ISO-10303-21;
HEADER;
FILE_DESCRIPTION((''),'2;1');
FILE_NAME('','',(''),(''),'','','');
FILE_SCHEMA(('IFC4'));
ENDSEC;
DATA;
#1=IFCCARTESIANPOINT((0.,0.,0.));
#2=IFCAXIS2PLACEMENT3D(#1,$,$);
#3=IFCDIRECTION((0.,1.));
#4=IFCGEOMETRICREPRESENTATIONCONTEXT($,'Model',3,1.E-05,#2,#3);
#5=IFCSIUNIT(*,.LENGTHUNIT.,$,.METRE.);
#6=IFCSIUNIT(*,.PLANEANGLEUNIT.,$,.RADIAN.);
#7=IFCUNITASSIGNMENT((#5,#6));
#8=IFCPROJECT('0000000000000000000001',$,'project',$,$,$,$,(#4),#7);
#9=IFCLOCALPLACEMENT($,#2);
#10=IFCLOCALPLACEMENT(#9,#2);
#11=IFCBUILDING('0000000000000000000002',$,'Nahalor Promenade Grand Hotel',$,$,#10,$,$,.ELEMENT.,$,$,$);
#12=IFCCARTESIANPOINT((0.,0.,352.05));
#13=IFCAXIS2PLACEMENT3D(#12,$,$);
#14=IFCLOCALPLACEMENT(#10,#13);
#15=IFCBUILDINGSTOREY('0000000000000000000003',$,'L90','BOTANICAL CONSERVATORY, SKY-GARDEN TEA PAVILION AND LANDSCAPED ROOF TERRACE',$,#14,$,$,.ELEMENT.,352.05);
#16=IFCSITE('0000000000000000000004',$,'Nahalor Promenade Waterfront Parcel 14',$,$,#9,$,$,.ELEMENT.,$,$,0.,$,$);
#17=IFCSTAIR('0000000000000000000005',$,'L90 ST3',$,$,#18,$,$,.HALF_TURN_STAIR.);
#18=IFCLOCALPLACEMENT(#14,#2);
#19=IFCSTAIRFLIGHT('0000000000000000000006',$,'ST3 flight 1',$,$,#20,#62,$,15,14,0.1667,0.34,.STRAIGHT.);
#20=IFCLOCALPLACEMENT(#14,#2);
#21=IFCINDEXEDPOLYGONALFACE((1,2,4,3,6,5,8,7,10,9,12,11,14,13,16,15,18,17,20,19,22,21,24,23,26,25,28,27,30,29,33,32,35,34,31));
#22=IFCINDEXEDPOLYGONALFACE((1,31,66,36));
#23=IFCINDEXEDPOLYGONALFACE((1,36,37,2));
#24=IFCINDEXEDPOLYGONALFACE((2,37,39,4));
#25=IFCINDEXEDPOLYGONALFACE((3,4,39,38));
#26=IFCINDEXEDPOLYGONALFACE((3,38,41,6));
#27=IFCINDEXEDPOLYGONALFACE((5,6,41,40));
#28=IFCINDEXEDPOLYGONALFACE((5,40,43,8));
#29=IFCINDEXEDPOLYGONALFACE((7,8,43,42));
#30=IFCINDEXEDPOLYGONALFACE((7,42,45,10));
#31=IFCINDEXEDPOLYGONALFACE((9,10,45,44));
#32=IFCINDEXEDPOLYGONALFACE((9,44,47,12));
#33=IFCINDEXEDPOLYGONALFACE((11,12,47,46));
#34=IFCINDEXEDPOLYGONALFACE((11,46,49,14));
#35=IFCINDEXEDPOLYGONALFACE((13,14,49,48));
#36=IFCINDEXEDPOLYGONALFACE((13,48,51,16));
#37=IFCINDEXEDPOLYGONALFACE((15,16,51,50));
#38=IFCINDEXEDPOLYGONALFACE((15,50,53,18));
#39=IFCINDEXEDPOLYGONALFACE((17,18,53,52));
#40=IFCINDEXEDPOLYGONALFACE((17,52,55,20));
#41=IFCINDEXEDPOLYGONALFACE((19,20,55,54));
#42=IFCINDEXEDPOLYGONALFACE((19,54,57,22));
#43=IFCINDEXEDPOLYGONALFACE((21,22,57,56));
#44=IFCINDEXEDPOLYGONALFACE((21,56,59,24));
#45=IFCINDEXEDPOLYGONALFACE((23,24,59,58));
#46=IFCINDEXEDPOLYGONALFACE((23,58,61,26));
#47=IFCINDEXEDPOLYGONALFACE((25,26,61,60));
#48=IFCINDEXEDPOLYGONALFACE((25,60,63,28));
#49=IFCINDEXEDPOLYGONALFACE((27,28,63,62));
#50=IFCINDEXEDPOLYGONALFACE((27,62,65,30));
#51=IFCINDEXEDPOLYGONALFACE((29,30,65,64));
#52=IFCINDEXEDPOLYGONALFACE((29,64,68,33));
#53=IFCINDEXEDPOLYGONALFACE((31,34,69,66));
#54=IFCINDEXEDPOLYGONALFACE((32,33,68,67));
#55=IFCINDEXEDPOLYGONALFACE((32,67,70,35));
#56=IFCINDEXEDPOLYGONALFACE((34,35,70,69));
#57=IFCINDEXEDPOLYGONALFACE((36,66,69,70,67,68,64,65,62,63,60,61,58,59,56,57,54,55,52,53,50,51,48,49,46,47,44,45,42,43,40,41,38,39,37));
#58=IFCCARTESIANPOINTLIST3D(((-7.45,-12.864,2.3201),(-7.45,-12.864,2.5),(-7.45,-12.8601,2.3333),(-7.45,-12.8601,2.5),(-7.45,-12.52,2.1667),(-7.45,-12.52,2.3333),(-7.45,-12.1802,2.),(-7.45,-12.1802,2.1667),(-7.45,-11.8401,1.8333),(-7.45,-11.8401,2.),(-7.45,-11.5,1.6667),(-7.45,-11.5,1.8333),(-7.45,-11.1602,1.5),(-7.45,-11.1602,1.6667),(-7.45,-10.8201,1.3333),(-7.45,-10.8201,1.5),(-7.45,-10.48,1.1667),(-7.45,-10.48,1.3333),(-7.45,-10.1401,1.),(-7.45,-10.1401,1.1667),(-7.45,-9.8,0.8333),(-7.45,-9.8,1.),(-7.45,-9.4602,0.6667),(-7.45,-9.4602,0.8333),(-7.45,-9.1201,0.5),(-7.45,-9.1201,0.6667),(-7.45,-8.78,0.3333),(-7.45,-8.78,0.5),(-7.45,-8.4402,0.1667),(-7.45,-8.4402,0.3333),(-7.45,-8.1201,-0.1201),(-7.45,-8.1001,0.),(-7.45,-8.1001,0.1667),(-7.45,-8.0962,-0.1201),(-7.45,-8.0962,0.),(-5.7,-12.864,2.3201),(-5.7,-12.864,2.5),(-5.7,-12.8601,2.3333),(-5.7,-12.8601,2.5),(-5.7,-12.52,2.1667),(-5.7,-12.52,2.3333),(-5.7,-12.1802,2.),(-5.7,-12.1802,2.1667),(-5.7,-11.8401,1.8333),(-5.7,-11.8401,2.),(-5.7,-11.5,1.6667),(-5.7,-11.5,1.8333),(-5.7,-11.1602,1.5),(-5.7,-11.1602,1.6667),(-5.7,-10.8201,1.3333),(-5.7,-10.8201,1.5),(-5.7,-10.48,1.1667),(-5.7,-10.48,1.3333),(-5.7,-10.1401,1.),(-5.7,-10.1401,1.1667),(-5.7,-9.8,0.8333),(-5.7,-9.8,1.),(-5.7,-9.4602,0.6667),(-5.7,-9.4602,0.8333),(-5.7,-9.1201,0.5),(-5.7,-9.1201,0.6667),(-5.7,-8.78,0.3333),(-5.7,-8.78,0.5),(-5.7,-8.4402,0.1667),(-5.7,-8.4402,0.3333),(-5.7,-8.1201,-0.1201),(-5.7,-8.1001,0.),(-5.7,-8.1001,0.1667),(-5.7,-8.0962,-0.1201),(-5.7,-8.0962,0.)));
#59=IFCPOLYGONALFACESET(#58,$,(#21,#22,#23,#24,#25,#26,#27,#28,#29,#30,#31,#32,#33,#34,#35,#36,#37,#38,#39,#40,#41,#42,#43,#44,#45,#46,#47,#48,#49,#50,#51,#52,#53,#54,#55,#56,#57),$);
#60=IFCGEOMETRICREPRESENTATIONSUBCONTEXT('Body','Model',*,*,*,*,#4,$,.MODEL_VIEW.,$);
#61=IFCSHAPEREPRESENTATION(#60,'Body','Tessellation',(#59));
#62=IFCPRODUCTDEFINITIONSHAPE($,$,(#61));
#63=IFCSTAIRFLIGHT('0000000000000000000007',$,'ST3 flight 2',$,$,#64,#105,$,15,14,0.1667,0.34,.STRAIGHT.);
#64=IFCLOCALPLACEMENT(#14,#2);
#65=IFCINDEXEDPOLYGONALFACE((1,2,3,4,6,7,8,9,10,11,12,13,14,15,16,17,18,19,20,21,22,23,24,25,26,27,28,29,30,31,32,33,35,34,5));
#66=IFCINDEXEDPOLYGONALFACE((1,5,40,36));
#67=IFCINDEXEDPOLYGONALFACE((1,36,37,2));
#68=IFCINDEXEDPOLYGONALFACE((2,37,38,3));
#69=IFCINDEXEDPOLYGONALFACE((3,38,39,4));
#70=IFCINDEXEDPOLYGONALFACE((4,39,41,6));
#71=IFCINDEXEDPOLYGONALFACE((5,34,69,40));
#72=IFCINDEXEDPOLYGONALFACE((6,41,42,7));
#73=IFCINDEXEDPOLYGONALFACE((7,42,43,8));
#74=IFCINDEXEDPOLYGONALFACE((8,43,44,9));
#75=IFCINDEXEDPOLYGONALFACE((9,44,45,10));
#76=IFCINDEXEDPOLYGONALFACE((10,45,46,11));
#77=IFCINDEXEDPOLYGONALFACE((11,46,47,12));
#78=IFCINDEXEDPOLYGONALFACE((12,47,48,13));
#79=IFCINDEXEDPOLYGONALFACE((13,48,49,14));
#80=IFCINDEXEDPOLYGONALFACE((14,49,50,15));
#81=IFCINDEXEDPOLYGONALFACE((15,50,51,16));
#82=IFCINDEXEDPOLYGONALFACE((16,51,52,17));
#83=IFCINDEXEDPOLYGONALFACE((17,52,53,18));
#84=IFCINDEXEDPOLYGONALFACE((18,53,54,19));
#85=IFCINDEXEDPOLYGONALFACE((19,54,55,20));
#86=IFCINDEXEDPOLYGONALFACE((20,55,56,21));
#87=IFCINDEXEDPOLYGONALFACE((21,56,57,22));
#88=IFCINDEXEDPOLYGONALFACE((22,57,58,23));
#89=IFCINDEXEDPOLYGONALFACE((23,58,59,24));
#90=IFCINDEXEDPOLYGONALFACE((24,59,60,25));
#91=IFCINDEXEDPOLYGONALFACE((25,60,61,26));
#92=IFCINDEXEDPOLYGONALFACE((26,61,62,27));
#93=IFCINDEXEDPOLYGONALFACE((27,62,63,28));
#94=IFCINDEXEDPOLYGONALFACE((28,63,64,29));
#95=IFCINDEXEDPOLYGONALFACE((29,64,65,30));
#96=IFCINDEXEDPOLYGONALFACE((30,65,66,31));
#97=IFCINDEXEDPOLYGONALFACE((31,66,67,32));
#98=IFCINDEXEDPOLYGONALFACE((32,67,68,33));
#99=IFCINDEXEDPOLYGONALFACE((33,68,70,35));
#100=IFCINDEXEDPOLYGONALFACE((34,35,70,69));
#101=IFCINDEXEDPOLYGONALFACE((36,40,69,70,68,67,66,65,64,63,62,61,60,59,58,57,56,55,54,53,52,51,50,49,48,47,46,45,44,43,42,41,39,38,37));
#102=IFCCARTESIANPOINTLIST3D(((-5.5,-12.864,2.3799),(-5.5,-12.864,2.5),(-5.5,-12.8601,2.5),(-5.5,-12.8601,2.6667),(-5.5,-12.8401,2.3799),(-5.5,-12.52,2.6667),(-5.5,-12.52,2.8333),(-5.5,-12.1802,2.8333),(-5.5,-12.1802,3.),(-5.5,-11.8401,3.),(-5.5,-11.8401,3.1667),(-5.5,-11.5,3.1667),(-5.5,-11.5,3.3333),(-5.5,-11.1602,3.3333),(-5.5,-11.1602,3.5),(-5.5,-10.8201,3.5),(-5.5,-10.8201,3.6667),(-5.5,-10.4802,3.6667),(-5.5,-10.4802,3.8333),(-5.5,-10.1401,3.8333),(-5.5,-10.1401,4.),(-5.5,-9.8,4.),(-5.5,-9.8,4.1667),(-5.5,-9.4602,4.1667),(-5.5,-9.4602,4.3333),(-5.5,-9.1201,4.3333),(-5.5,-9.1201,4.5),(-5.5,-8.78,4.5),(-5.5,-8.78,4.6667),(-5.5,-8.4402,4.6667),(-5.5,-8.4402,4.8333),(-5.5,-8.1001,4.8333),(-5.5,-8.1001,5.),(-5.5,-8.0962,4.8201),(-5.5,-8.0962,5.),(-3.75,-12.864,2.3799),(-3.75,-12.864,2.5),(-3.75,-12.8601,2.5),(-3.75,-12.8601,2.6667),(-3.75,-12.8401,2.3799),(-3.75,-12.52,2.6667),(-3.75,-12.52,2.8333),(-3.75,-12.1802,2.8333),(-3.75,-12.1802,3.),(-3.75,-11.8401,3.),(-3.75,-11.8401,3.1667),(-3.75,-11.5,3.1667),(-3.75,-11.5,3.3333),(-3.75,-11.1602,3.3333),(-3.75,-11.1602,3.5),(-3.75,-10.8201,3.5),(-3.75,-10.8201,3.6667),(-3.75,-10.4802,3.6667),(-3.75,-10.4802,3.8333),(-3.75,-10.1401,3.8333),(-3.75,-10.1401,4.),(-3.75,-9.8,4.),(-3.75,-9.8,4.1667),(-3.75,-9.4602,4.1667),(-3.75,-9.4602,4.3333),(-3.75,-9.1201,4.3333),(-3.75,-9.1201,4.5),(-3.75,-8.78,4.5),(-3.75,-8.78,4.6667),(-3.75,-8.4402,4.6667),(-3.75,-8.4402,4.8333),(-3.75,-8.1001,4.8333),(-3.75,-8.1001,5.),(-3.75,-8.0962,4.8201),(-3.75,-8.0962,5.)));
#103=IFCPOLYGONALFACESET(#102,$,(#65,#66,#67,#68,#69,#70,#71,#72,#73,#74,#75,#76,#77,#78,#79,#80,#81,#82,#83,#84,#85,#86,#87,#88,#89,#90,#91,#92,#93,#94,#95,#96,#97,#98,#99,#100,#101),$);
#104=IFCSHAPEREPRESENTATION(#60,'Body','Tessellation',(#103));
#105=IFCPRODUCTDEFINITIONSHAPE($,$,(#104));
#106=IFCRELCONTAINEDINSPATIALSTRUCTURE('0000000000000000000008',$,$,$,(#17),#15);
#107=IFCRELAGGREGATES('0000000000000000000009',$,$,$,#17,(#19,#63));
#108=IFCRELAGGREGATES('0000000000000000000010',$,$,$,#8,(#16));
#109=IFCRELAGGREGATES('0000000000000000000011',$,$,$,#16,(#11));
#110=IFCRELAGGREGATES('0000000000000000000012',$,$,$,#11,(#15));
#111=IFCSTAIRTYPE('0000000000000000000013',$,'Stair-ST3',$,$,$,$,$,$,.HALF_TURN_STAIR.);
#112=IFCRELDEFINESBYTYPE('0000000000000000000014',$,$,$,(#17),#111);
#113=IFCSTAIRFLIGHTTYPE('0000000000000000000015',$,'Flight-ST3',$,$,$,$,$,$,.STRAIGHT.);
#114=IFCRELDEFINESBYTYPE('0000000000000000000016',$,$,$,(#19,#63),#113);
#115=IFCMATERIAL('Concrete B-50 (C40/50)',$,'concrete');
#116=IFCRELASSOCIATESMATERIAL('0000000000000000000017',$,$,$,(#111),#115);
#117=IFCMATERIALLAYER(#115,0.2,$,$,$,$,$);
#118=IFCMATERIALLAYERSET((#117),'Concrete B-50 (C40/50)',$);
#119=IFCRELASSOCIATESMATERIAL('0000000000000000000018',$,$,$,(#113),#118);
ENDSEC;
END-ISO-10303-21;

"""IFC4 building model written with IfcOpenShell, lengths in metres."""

from ifc_helpers import new_model, si_unit, direction, frame, origin, place, context, subcontext, project, spatial, polyline, outline, extrude, source, transform, mapped, material, layer, layer_set, type_object, element, aggregate, save


model = new_model("IFC4")

# Units and contexts
model_context = context("Model", 3, precision=1e-05, world=origin(), true_north=direction((0.0, 1.0)))
body_context = subcontext(model_context, "Body", "Model", "MODEL_VIEW")
ifc_project = project(units=[si_unit("LENGTHUNIT", "METRE"), si_unit("PLANEANGLEUNIT", "RADIAN")], contexts=[model_context])

# Site, building, storey
site_placement = place(None, origin())
site = spatial("IfcSite", under=ifc_project, at=site_placement, Name="Nahalor Promenade Waterfront Parcel 14", CompositionType="ELEMENT", RefElevation=0.0)
building_placement = place(site_placement, origin())
building = spatial("IfcBuilding", under=site, at=building_placement, Name="Nahalor Promenade Grand Hotel", CompositionType="ELEMENT")
storey_placement = place(building_placement, frame((0.0, 0.0, 352.05)))
storey = spatial("IfcBuildingStorey", under=building, at=storey_placement, Name="L90", Description="BOTANICAL CONSERVATORY, SKY-GARDEN TEA PAVILION AND LANDSCAPED ROOF TERRACE", CompositionType="ELEMENT", Elevation=352.05)

# Shared definitions
ifc_material_1 = material(Name="Concrete B-50 (C40/50)", Category="concrete")

# Stair, stair flights
stair_type = type_object("IfcStairType", Name="Stair-ST3", PredefinedType="HALF_TURN_STAIR", material=ifc_material_1)
stair_placement = place(storey_placement, origin())
stair = element("IfcStair", 1, at=stair_placement, inside=storey, type_object=stair_type, Name="L90 ST3", PredefinedType="HALF_TURN_STAIR")
ifc_layer_1 = layer(ifc_material_1, 0.2)
ifc_layer_set_1 = layer_set([ifc_layer_1], Name="Concrete B-50 (C40/50)")
stair_flight_type = type_object("IfcStairFlightType", Name="Flight-ST3", PredefinedType="STRAIGHT", material=ifc_layer_set_1)
shared_shape_1 = source(origin(), body_context, "Body", "SweptSolid", [
    extrude(outline(polyline([(-0.0039, -0.1201), (-0.0039, 0.0), (0.0, 0.0), (0.0, 0.1667), (0.3401, 0.1667), (0.3401, 0.3333), (0.6799, 0.3333), (0.6799, 0.5), (1.02, 0.5), (1.02, 0.6667), (1.3601, 0.6667), (1.3601, 0.8333), (1.7, 0.8333), (1.7, 1.0), (2.04, 1.0), (2.04, 1.1667), (2.3799, 1.1667), (2.3799, 1.3333), (2.72, 1.3333), (2.72, 1.5), (3.0601, 1.5), (3.0601, 1.6667), (3.3999, 1.6667), (3.3999, 1.8333), (3.74, 1.8333), (3.74, 2.0), (4.0801, 2.0), (4.0801, 2.1667), (4.4199, 2.1667), (4.4199, 2.3333), (4.76, 2.3333), (4.76, 2.5), (4.7639, 2.5), (4.7639, 2.3201), (0.02, -0.1201), (-0.0039, -0.1201)])), frame((0.0, 0.875, 0.0), z_axis=(0.0, -1.0, 0.0), x_axis=(1.0, 0.0, 0.0)), (0.0, 0.0, 1.0), 1.75),
])
stair_flight_1_placement = place(storey_placement, frame((-6.575, -8.1001, 0.0), z_axis=(0.0, 0.0, 1.0), x_axis=(0.0, -1.0, 0.0)))
stair_flight_1 = element("IfcStairFlight", 2, at=stair_flight_1_placement, type_object=stair_flight_type, Name="ST3 flight 1", NumberOfRisers=15, NumberOfTreads=14, PredefinedType="STRAIGHT", RiserHeight=0.1667, TreadLength=0.34, context=body_context, shape_type="MappedRepresentation", body=[
    mapped(shared_shape_1, transform((0.0, 0.0, 0.0), scale=1.0)),
])
stair_flight_2_placement = place(storey_placement, frame((-4.625, -12.8601, 2.5), z_axis=(0.0, 0.0, 1.0), x_axis=(0.0, 1.0, 0.0)))
stair_flight_2 = element("IfcStairFlight", 3, at=stair_flight_2_placement, type_object=stair_flight_type, Name="ST3 flight 2", NumberOfRisers=15, NumberOfTreads=14, PredefinedType="STRAIGHT", RiserHeight=0.1667, TreadLength=0.34, context=body_context, shape_type="MappedRepresentation", body=[
    mapped(shared_shape_1, transform((0.0, 0.0, 0.0), scale=1.0)),
])
aggregate(stair, [stair_flight_1, stair_flight_2])

save(model, "model.ifc")
